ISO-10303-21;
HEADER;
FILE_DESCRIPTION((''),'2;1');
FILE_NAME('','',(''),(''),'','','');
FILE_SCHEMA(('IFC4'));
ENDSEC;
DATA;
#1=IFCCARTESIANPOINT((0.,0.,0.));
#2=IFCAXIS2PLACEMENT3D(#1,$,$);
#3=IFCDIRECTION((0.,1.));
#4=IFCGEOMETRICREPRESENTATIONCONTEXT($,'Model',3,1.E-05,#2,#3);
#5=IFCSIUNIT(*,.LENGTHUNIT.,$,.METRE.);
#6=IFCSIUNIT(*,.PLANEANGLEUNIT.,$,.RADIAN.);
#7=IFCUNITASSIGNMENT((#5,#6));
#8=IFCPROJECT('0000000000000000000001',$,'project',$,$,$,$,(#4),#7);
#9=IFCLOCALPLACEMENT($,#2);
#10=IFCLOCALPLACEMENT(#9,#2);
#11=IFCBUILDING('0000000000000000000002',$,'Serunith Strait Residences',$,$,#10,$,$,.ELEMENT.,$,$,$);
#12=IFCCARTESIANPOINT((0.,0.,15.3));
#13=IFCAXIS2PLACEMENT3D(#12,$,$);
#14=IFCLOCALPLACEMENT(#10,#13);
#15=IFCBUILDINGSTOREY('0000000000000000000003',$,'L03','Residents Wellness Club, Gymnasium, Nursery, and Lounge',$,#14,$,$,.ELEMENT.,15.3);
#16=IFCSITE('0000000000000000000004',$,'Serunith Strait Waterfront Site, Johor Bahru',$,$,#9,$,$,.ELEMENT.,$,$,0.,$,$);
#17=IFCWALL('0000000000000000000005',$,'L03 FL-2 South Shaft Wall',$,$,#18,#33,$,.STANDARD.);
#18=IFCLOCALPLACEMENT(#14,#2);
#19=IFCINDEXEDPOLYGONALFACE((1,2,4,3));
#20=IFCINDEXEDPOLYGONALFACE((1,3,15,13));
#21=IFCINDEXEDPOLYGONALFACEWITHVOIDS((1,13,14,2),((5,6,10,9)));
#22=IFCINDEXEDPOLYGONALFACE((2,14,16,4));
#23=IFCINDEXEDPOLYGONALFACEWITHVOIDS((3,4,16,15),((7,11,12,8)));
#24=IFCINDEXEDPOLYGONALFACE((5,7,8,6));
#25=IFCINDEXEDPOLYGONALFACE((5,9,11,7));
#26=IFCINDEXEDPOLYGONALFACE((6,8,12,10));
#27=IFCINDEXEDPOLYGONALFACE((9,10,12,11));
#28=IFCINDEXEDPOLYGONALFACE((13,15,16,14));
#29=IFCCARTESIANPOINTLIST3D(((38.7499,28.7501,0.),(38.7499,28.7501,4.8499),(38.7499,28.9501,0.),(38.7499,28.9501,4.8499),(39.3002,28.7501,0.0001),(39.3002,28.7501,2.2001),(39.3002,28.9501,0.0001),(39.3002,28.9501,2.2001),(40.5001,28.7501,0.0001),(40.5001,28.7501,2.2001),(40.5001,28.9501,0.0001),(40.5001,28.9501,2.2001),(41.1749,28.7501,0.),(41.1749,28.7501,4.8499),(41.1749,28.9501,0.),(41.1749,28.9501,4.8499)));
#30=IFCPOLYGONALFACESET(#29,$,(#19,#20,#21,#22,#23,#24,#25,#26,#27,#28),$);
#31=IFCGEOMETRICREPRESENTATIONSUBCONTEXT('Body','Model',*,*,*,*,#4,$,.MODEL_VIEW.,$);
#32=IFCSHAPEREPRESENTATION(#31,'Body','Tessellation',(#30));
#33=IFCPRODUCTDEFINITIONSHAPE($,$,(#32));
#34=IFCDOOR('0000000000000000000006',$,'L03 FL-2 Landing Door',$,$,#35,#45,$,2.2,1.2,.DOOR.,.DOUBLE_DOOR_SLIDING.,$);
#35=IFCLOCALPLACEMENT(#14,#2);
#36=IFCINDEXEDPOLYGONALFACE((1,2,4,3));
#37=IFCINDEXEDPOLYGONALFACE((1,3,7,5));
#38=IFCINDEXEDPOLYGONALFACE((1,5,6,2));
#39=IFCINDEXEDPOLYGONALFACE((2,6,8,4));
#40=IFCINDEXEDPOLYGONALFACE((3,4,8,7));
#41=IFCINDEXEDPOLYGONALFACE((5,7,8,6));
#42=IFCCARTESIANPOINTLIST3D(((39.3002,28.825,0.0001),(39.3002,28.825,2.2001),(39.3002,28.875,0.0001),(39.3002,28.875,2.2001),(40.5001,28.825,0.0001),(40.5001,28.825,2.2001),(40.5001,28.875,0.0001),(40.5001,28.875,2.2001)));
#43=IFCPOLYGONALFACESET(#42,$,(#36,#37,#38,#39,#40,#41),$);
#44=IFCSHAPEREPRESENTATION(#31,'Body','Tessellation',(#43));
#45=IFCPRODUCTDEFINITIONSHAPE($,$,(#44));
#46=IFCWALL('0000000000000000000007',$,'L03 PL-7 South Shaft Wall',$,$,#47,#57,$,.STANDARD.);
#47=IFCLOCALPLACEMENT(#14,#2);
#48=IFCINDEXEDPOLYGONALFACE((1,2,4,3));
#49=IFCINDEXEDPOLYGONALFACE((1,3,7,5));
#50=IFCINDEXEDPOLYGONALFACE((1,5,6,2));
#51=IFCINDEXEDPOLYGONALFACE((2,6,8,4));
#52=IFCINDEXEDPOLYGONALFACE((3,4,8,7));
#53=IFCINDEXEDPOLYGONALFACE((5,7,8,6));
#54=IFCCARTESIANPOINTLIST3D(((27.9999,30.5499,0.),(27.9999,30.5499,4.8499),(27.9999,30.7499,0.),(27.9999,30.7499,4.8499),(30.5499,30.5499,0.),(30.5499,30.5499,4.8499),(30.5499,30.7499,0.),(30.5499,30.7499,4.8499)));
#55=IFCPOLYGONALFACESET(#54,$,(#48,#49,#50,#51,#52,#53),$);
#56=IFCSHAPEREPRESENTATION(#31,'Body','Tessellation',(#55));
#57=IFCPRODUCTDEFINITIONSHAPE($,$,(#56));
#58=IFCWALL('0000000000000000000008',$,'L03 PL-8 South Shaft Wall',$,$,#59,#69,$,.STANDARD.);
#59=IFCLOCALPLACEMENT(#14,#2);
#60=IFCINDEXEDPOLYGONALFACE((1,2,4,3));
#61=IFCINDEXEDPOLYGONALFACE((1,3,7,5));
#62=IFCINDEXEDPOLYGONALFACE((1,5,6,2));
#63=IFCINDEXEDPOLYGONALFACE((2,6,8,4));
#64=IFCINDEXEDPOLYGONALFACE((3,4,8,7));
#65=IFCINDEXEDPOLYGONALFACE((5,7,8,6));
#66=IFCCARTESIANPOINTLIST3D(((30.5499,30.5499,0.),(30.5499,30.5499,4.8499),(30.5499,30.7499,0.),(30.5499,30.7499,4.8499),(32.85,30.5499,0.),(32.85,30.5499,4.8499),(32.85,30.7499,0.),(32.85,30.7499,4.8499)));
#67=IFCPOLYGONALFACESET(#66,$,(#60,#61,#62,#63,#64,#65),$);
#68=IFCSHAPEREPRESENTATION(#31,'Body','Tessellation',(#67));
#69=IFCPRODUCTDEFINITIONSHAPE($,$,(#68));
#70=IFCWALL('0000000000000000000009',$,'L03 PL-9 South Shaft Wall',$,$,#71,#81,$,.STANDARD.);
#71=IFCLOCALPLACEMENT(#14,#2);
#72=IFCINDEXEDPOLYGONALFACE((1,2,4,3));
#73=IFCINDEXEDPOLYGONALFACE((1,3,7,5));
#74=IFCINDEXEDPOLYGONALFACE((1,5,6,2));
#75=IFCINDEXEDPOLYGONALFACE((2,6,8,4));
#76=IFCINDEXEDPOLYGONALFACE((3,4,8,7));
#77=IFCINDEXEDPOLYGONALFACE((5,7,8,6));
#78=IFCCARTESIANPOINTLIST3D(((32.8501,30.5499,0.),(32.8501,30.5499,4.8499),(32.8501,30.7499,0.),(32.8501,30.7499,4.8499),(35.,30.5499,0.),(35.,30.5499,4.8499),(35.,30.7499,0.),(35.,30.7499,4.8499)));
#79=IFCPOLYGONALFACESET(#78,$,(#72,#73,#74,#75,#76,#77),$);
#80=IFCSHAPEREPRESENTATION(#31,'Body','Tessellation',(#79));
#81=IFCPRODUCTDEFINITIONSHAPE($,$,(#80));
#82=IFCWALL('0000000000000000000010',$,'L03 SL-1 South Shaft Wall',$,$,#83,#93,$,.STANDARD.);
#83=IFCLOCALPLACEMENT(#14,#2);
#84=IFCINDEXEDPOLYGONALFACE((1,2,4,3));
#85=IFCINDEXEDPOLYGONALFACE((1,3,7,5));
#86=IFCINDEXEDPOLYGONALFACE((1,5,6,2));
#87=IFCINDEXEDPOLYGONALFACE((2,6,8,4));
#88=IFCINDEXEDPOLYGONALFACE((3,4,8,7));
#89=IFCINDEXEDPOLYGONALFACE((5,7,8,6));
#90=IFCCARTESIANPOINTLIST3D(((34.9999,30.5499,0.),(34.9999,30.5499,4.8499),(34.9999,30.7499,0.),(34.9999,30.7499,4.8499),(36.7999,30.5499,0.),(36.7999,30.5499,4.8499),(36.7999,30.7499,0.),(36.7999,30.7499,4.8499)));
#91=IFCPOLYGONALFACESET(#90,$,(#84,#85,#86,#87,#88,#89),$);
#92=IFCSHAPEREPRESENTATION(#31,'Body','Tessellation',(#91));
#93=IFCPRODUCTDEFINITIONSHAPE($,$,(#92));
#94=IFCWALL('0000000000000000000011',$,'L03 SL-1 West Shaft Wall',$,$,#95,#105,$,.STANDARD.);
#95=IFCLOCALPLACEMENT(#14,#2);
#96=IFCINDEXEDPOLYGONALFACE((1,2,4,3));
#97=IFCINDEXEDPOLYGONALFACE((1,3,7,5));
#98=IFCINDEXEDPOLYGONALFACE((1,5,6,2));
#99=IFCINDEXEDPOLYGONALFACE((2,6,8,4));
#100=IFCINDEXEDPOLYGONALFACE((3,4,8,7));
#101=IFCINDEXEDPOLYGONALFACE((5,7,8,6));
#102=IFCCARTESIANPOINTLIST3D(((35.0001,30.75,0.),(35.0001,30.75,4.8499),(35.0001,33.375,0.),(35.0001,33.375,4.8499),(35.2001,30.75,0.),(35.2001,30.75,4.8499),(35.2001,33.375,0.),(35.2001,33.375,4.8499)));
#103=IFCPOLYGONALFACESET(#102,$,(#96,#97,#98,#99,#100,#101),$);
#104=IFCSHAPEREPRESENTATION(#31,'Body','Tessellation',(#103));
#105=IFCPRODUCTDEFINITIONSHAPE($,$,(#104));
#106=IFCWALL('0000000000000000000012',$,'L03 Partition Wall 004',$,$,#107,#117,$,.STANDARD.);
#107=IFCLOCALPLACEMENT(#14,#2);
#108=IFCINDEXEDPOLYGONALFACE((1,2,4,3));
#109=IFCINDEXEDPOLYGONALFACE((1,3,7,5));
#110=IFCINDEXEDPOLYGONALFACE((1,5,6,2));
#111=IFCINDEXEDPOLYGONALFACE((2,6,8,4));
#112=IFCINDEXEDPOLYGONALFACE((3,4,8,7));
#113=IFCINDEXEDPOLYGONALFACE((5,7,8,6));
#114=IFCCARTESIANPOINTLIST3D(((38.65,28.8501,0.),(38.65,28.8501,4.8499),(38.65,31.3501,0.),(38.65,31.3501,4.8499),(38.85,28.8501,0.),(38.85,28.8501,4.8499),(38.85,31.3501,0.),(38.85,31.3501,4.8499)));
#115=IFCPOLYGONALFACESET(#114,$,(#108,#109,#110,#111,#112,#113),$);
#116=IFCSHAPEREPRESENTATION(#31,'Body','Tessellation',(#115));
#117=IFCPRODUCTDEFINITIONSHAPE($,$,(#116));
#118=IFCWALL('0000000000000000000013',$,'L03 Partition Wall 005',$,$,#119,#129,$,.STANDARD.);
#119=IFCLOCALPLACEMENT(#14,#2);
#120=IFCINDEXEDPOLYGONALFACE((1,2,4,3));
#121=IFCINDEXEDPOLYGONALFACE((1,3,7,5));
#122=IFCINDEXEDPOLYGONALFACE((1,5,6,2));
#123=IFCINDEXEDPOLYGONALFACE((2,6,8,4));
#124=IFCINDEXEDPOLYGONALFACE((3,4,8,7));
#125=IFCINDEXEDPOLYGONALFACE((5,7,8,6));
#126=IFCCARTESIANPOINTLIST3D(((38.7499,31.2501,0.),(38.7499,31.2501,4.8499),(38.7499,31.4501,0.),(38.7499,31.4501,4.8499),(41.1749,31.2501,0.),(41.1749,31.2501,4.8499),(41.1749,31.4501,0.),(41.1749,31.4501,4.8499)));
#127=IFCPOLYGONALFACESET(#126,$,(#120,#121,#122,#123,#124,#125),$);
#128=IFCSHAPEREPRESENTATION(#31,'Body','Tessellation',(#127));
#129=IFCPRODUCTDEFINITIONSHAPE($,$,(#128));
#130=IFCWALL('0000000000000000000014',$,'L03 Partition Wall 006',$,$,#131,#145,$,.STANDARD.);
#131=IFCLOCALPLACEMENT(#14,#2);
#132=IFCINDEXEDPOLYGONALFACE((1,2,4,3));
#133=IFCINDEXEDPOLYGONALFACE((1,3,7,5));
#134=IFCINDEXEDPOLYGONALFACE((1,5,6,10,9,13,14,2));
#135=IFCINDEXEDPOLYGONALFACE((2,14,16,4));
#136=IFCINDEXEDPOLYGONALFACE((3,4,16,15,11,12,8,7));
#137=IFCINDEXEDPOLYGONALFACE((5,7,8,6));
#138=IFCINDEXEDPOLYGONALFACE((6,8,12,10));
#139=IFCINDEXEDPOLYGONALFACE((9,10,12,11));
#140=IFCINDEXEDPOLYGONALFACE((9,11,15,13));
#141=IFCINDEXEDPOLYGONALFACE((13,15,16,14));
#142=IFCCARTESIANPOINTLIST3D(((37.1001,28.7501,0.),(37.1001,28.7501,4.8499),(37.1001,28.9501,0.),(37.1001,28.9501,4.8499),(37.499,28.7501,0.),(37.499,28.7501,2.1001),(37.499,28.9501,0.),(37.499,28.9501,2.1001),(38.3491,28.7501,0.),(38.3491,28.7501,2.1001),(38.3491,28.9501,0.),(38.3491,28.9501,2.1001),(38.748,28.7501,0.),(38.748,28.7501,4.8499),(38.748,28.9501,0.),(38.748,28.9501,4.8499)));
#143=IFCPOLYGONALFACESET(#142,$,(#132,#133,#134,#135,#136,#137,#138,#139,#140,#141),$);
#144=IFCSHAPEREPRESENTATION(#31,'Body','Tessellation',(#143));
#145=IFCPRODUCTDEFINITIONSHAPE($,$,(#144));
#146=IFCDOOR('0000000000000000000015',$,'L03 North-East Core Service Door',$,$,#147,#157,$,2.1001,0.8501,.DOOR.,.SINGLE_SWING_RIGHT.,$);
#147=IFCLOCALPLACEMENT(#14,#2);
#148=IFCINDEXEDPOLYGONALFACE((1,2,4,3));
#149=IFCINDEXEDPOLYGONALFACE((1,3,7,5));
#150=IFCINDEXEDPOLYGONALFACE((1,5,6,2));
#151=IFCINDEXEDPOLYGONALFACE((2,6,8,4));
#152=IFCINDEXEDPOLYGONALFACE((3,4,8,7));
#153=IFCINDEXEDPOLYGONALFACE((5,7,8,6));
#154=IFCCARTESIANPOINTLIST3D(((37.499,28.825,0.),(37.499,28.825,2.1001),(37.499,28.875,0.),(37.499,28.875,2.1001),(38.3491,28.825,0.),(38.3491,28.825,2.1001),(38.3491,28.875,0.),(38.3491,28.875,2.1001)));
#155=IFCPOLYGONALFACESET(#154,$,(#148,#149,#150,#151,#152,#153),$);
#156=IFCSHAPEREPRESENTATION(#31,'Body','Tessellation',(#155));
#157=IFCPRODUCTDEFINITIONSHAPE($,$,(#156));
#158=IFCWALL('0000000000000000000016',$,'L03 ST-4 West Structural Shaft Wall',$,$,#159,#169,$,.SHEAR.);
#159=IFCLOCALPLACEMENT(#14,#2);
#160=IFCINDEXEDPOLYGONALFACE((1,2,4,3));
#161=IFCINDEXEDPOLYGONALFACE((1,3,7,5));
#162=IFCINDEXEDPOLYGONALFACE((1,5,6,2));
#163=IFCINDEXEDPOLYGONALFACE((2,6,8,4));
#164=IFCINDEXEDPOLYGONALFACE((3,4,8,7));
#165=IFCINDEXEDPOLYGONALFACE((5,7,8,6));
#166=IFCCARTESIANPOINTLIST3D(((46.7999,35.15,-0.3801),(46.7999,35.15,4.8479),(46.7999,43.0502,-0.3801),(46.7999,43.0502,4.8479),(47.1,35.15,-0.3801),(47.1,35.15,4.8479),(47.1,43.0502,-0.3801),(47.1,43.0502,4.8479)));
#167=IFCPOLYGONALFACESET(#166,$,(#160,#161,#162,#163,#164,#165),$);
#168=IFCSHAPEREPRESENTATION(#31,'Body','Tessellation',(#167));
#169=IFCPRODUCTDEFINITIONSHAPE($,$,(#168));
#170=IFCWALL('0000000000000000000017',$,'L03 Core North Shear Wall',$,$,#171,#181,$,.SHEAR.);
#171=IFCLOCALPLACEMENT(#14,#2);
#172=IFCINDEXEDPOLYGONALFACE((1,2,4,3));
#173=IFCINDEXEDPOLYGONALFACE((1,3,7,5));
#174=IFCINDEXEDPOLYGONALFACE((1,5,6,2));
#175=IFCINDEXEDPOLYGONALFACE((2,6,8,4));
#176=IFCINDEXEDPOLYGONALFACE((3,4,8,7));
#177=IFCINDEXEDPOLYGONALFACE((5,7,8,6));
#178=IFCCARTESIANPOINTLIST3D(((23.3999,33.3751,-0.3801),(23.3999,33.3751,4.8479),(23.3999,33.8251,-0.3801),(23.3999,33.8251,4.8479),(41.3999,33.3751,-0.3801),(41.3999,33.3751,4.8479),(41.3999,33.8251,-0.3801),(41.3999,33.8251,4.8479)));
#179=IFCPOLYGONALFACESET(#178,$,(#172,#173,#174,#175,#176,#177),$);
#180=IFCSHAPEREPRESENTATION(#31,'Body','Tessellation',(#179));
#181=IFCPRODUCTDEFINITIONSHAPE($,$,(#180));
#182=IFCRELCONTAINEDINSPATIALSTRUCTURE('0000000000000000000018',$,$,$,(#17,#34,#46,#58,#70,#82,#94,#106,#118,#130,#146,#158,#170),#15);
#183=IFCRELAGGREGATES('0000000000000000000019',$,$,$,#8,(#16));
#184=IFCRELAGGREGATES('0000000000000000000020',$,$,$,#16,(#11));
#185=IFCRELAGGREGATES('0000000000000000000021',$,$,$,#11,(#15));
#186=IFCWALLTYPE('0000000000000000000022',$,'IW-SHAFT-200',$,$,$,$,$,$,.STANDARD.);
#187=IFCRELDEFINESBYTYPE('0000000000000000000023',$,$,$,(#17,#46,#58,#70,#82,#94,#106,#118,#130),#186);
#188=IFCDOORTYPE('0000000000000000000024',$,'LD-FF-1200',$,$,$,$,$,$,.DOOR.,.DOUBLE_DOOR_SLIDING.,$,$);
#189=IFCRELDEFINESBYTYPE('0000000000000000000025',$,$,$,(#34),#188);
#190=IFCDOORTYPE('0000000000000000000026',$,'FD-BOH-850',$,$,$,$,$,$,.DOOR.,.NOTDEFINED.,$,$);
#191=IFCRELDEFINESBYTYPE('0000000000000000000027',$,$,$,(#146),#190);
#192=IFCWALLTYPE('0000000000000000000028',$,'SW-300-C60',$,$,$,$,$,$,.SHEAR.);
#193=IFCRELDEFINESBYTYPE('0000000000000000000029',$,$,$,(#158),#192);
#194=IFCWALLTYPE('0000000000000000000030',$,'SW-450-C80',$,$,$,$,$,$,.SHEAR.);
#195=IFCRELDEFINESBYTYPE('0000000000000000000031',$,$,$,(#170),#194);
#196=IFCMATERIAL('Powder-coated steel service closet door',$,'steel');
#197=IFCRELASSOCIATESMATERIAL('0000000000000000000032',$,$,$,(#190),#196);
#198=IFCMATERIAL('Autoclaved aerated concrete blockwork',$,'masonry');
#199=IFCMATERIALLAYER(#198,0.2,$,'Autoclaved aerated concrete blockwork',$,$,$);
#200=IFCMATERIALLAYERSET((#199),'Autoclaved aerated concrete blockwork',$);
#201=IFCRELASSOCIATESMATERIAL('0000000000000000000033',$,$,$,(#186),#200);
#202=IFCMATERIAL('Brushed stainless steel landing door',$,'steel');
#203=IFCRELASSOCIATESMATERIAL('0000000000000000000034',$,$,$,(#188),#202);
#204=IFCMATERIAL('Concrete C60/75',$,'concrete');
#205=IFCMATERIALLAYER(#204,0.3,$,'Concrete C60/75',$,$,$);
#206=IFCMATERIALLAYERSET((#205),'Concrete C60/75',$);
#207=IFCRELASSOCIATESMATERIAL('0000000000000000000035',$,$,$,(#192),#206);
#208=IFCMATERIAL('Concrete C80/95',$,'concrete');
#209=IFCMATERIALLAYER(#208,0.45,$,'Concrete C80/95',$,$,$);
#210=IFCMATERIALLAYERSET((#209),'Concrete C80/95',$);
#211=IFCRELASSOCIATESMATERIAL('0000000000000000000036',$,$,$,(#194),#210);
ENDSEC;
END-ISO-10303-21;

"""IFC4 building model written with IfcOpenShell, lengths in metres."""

from ifc_helpers import new_model, si_unit, direction, frame, frame_2d, origin, place, context, subcontext, project, spatial, rectangle, extrude, source, transform, mapped, material, layer, layer_set, type_object, element, fill, save


model = new_model("IFC4")

# Units and contexts
model_context = context("Model", 3, precision=1e-05, world=origin(), true_north=direction((0.0, 1.0)))
body_context = subcontext(model_context, "Body", "Model", "MODEL_VIEW")
ifc_project = project(units=[si_unit("LENGTHUNIT", "METRE"), si_unit("PLANEANGLEUNIT", "RADIAN")], contexts=[model_context])

# Site, building, storey
site_placement = place(None, origin())
site = spatial("IfcSite", under=ifc_project, at=site_placement, Name="Serunith Strait Waterfront Site, Johor Bahru", CompositionType="ELEMENT", RefElevation=0.0)
building_placement = place(site_placement, origin())
building = spatial("IfcBuilding", under=site, at=building_placement, Name="Serunith Strait Residences", CompositionType="ELEMENT")
storey_placement = place(building_placement, frame((0.0, 0.0, 15.3)))
storey = spatial("IfcBuildingStorey", under=building, at=storey_placement, Name="L03", Description="Residents Wellness Club, Gymnasium, Nursery, and Lounge", CompositionType="ELEMENT", Elevation=15.3)

# Shared definitions
ifc_material_1 = material(Name="Concrete C60/75", Category="concrete")

# Shared definitions
ifc_material_2 = material(Name="Powder-coated steel service closet door", Category="steel")
door_type_1 = type_object("IfcDoorType", Name="FD-BOH-850", OperationType="NOTDEFINED", PredefinedType="DOOR", material=ifc_material_2)
shared_shape_1 = source(origin(), body_context, "Body", "SweptSolid", [
    extrude(rectangle(XDim=0.8501, YDim=2.1001, at=frame_2d((0.425, 1.05))), frame((0.0, 0.0249, 0.0), z_axis=(0.0, -1.0, 0.0), x_axis=(1.0, 0.0, 0.0)), (0.0, 0.0, 1.0), 0.05),
])

# Wall, opening, door
ifc_material_3 = material(Name="Autoclaved aerated concrete blockwork", Category="masonry")
ifc_layer_1 = layer(ifc_material_3, 0.2, Name="Autoclaved aerated concrete blockwork")
ifc_layer_set_1 = layer_set([ifc_layer_1], Name="Autoclaved aerated concrete blockwork")
wall_type_1 = type_object("IfcWallType", Name="IW-SHAFT-200", PredefinedType="STANDARD", material=ifc_layer_set_1)
wall_1_placement = place(storey_placement, frame((38.75, 28.8501, 0.0), z_axis=(0.0, 0.0, 1.0), x_axis=(1.0, 0.0, 0.0)))
wall_1 = element("IfcWall", 1, at=wall_1_placement, inside=storey, type_object=wall_type_1, Name="L03 FL-2 South Shaft Wall", PredefinedType="STANDARD", context=body_context, shape_type="SweptSolid", body=[
    extrude(rectangle(XDim=2.425, YDim=0.2, at=frame_2d((1.2124, 0.0))), origin(), (0.0, 0.0, 1.0), 4.8499),
])
opening_1_placement = place(wall_1_placement, frame((0.55, 0.0, 0.0)))
opening_1 = element("IfcOpeningElement", 2, at=opening_1_placement, cuts=wall_1, PredefinedType="OPENING", context=body_context, shape_type="SweptSolid", body=[
    extrude(rectangle(XDim=1.2, YDim=2.2, at=frame_2d((0.6001, 1.1001))), frame((0.0, 0.1099, 0.0), z_axis=(0.0, -1.0, 0.0), x_axis=(1.0, 0.0, 0.0)), (0.0, 0.0, 1.0), 0.22),
])
ifc_material_4 = material(Name="Brushed stainless steel landing door", Category="steel")
door_type_2 = type_object("IfcDoorType", Name="LD-FF-1200", OperationType="DOUBLE_DOOR_SLIDING", PredefinedType="DOOR", material=ifc_material_4)
shared_shape_2 = source(origin(), body_context, "Body", "SweptSolid", [
    extrude(rectangle(XDim=1.2, YDim=2.2, at=frame_2d((0.6001, 1.1001))), frame((0.0, 0.0249, 0.0), z_axis=(0.0, -1.0, 0.0), x_axis=(1.0, 0.0, 0.0)), (0.0, 0.0, 1.0), 0.05),
])
door_1_placement = place(opening_1_placement, origin())
door_1 = element("IfcDoor", 3, at=door_1_placement, inside=storey, type_object=door_type_2, Name="L03 FL-2 Landing Door", OperationType="DOUBLE_DOOR_SLIDING", OverallHeight=2.2, OverallWidth=1.2, PredefinedType="DOOR", context=body_context, shape_type="MappedRepresentation", body=[
    mapped(shared_shape_2, transform((0.0, 0.0, 0.0), scale=1.0)),
])
fill(opening_1, door_1)

# Walls
wall_2_placement = place(storey_placement, frame((28.0, 30.6499, 0.0), z_axis=(0.0, 0.0, 1.0), x_axis=(1.0, 0.0, 0.0)))
element("IfcWall", 4, at=wall_2_placement, inside=storey, type_object=wall_type_1, Name="L03 PL-7 South Shaft Wall", PredefinedType="STANDARD", context=body_context, shape_type="SweptSolid", body=[
    extrude(rectangle(XDim=2.55, YDim=0.2, at=frame_2d((1.2749, 0.0))), origin(), (0.0, 0.0, 1.0), 4.8499),
])
wall_3_placement = place(storey_placement, frame((30.55, 30.6499, 0.0), z_axis=(0.0, 0.0, 1.0), x_axis=(1.0, 0.0, 0.0)))
element("IfcWall", 5, at=wall_3_placement, inside=storey, type_object=wall_type_1, Name="L03 PL-8 South Shaft Wall", PredefinedType="STANDARD", context=body_context, shape_type="SweptSolid", body=[
    extrude(rectangle(XDim=2.3, YDim=0.2, at=frame_2d((1.1499, 0.0))), origin(), (0.0, 0.0, 1.0), 4.8499),
])
wall_4_placement = place(storey_placement, frame((32.8501, 30.6499, 0.0), z_axis=(0.0, 0.0, 1.0), x_axis=(1.0, 0.0, 0.0)))
element("IfcWall", 6, at=wall_4_placement, inside=storey, type_object=wall_type_1, Name="L03 PL-9 South Shaft Wall", PredefinedType="STANDARD", context=body_context, shape_type="SweptSolid", body=[
    extrude(rectangle(XDim=2.1499, YDim=0.2, at=frame_2d((1.075, 0.0))), origin(), (0.0, 0.0, 1.0), 4.8499),
])
wall_5_placement = place(storey_placement, frame((35.0, 30.6499, 0.0), z_axis=(0.0, 0.0, 1.0), x_axis=(1.0, 0.0, 0.0)))
element("IfcWall", 7, at=wall_5_placement, inside=storey, type_object=wall_type_1, Name="L03 SL-1 South Shaft Wall", PredefinedType="STANDARD", context=body_context, shape_type="SweptSolid", body=[
    extrude(rectangle(XDim=1.8, YDim=0.2, at=frame_2d((0.8999, 0.0))), origin(), (0.0, 0.0, 1.0), 4.8499),
])
wall_6_placement = place(storey_placement, frame((35.1001, 30.75, 0.0), z_axis=(0.0, 0.0, 1.0), x_axis=(0.0, 1.0, 0.0)))
element("IfcWall", 8, at=wall_6_placement, inside=storey, type_object=wall_type_1, Name="L03 SL-1 West Shaft Wall", PredefinedType="STANDARD", context=body_context, shape_type="SweptSolid", body=[
    extrude(rectangle(XDim=2.625, YDim=0.2, at=frame_2d((1.3125, 0.0))), origin(), (0.0, 0.0, 1.0), 4.8499),
])
wall_7_placement = place(storey_placement, frame((38.75, 28.8501, 0.0), z_axis=(0.0, 0.0, 1.0), x_axis=(0.0, 1.0, 0.0)))
element("IfcWall", 9, at=wall_7_placement, inside=storey, type_object=wall_type_1, Name="L03 Partition Wall 004", PredefinedType="STANDARD", context=body_context, shape_type="SweptSolid", body=[
    extrude(rectangle(XDim=2.5, YDim=0.2, at=frame_2d((1.25, 0.0))), origin(), (0.0, 0.0, 1.0), 4.8499),
])
wall_8_placement = place(storey_placement, frame((38.75, 31.3501, 0.0), z_axis=(0.0, 0.0, 1.0), x_axis=(1.0, 0.0, 0.0)))
element("IfcWall", 10, at=wall_8_placement, inside=storey, type_object=wall_type_1, Name="L03 Partition Wall 005", PredefinedType="STANDARD", context=body_context, shape_type="SweptSolid", body=[
    extrude(rectangle(XDim=2.425, YDim=0.2, at=frame_2d((1.2124, 0.0))), origin(), (0.0, 0.0, 1.0), 4.8499),
])

# Wall, opening, door
wall_9_placement = place(storey_placement, frame((37.1001, 28.8501, 0.0), z_axis=(0.0, 0.0, 1.0), x_axis=(1.0, 0.0, 0.0)))
wall_9 = element("IfcWall", 11, at=wall_9_placement, inside=storey, type_object=wall_type_1, Name="L03 Partition Wall 006", PredefinedType="STANDARD", context=body_context, shape_type="SweptSolid", body=[
    extrude(rectangle(XDim=1.6479, YDim=0.2, at=frame_2d((0.824, 0.0))), origin(), (0.0, 0.0, 1.0), 4.8499),
])
opening_2_placement = place(wall_9_placement, frame((0.3989, 0.0, 0.0)))
opening_2 = element("IfcOpeningElement", 12, at=opening_2_placement, cuts=wall_9, PredefinedType="OPENING", context=body_context, shape_type="SweptSolid", body=[
    extrude(rectangle(XDim=0.8501, YDim=2.1001, at=frame_2d((0.425, 1.05))), frame((0.0, 0.1099, 0.0), z_axis=(0.0, -1.0, 0.0), x_axis=(1.0, 0.0, 0.0)), (0.0, 0.0, 1.0), 0.22),
])
door_2_placement = place(opening_2_placement, origin())
door_2 = element("IfcDoor", 13, at=door_2_placement, inside=storey, type_object=door_type_1, Name="L03 North-East Core Service Door", OperationType="SINGLE_SWING_RIGHT", OverallHeight=2.1001, OverallWidth=0.8501, PredefinedType="DOOR", context=body_context, shape_type="MappedRepresentation", body=[
    mapped(shared_shape_1, transform((0.0, 0.0, 0.0), scale=1.0)),
])
fill(opening_2, door_2)

# Walls
ifc_layer_2 = layer(ifc_material_1, 0.3, Name="Concrete C60/75")
ifc_layer_set_2 = layer_set([ifc_layer_2], Name="Concrete C60/75")
wall_type_2 = type_object("IfcWallType", Name="SW-300-C60", PredefinedType="SHEAR", material=ifc_layer_set_2)
wall_10_placement = place(storey_placement, frame((46.95, 35.1499, -0.3801), z_axis=(0.0, 0.0, 1.0), x_axis=(0.0, 1.0, 0.0)))
element("IfcWall", 14, at=wall_10_placement, inside=storey, type_object=wall_type_2, Name="L03 ST-4 West Structural Shaft Wall", PredefinedType="SHEAR", context=body_context, shape_type="SweptSolid", body=[
    extrude(rectangle(XDim=7.9001, YDim=0.3, at=frame_2d((3.9502, 0.0))), origin(), (0.0, 0.0, 1.0), 5.228),
])
ifc_material_5 = material(Name="Concrete C80/95", Category="concrete")
ifc_layer_3 = layer(ifc_material_5, 0.45, Name="Concrete C80/95")
ifc_layer_set_3 = layer_set([ifc_layer_3], Name="Concrete C80/95")
wall_type_3 = type_object("IfcWallType", Name="SW-450-C80", PredefinedType="SHEAR", material=ifc_layer_set_3)
wall_11_placement = place(storey_placement, frame((41.3999, 33.6001, -0.3801), z_axis=(0.0, 0.0, 1.0), x_axis=(-1.0, 0.0, 0.0)))
element("IfcWall", 15, at=wall_11_placement, inside=storey, type_object=wall_type_3, Name="L03 Core North Shear Wall", PredefinedType="SHEAR", context=body_context, shape_type="SweptSolid", body=[
    extrude(rectangle(XDim=18.0, YDim=0.45, at=frame_2d((9.0, 0.0))), origin(), (0.0, 0.0, 1.0), 5.228),
])

save(model, "model.ifc")
